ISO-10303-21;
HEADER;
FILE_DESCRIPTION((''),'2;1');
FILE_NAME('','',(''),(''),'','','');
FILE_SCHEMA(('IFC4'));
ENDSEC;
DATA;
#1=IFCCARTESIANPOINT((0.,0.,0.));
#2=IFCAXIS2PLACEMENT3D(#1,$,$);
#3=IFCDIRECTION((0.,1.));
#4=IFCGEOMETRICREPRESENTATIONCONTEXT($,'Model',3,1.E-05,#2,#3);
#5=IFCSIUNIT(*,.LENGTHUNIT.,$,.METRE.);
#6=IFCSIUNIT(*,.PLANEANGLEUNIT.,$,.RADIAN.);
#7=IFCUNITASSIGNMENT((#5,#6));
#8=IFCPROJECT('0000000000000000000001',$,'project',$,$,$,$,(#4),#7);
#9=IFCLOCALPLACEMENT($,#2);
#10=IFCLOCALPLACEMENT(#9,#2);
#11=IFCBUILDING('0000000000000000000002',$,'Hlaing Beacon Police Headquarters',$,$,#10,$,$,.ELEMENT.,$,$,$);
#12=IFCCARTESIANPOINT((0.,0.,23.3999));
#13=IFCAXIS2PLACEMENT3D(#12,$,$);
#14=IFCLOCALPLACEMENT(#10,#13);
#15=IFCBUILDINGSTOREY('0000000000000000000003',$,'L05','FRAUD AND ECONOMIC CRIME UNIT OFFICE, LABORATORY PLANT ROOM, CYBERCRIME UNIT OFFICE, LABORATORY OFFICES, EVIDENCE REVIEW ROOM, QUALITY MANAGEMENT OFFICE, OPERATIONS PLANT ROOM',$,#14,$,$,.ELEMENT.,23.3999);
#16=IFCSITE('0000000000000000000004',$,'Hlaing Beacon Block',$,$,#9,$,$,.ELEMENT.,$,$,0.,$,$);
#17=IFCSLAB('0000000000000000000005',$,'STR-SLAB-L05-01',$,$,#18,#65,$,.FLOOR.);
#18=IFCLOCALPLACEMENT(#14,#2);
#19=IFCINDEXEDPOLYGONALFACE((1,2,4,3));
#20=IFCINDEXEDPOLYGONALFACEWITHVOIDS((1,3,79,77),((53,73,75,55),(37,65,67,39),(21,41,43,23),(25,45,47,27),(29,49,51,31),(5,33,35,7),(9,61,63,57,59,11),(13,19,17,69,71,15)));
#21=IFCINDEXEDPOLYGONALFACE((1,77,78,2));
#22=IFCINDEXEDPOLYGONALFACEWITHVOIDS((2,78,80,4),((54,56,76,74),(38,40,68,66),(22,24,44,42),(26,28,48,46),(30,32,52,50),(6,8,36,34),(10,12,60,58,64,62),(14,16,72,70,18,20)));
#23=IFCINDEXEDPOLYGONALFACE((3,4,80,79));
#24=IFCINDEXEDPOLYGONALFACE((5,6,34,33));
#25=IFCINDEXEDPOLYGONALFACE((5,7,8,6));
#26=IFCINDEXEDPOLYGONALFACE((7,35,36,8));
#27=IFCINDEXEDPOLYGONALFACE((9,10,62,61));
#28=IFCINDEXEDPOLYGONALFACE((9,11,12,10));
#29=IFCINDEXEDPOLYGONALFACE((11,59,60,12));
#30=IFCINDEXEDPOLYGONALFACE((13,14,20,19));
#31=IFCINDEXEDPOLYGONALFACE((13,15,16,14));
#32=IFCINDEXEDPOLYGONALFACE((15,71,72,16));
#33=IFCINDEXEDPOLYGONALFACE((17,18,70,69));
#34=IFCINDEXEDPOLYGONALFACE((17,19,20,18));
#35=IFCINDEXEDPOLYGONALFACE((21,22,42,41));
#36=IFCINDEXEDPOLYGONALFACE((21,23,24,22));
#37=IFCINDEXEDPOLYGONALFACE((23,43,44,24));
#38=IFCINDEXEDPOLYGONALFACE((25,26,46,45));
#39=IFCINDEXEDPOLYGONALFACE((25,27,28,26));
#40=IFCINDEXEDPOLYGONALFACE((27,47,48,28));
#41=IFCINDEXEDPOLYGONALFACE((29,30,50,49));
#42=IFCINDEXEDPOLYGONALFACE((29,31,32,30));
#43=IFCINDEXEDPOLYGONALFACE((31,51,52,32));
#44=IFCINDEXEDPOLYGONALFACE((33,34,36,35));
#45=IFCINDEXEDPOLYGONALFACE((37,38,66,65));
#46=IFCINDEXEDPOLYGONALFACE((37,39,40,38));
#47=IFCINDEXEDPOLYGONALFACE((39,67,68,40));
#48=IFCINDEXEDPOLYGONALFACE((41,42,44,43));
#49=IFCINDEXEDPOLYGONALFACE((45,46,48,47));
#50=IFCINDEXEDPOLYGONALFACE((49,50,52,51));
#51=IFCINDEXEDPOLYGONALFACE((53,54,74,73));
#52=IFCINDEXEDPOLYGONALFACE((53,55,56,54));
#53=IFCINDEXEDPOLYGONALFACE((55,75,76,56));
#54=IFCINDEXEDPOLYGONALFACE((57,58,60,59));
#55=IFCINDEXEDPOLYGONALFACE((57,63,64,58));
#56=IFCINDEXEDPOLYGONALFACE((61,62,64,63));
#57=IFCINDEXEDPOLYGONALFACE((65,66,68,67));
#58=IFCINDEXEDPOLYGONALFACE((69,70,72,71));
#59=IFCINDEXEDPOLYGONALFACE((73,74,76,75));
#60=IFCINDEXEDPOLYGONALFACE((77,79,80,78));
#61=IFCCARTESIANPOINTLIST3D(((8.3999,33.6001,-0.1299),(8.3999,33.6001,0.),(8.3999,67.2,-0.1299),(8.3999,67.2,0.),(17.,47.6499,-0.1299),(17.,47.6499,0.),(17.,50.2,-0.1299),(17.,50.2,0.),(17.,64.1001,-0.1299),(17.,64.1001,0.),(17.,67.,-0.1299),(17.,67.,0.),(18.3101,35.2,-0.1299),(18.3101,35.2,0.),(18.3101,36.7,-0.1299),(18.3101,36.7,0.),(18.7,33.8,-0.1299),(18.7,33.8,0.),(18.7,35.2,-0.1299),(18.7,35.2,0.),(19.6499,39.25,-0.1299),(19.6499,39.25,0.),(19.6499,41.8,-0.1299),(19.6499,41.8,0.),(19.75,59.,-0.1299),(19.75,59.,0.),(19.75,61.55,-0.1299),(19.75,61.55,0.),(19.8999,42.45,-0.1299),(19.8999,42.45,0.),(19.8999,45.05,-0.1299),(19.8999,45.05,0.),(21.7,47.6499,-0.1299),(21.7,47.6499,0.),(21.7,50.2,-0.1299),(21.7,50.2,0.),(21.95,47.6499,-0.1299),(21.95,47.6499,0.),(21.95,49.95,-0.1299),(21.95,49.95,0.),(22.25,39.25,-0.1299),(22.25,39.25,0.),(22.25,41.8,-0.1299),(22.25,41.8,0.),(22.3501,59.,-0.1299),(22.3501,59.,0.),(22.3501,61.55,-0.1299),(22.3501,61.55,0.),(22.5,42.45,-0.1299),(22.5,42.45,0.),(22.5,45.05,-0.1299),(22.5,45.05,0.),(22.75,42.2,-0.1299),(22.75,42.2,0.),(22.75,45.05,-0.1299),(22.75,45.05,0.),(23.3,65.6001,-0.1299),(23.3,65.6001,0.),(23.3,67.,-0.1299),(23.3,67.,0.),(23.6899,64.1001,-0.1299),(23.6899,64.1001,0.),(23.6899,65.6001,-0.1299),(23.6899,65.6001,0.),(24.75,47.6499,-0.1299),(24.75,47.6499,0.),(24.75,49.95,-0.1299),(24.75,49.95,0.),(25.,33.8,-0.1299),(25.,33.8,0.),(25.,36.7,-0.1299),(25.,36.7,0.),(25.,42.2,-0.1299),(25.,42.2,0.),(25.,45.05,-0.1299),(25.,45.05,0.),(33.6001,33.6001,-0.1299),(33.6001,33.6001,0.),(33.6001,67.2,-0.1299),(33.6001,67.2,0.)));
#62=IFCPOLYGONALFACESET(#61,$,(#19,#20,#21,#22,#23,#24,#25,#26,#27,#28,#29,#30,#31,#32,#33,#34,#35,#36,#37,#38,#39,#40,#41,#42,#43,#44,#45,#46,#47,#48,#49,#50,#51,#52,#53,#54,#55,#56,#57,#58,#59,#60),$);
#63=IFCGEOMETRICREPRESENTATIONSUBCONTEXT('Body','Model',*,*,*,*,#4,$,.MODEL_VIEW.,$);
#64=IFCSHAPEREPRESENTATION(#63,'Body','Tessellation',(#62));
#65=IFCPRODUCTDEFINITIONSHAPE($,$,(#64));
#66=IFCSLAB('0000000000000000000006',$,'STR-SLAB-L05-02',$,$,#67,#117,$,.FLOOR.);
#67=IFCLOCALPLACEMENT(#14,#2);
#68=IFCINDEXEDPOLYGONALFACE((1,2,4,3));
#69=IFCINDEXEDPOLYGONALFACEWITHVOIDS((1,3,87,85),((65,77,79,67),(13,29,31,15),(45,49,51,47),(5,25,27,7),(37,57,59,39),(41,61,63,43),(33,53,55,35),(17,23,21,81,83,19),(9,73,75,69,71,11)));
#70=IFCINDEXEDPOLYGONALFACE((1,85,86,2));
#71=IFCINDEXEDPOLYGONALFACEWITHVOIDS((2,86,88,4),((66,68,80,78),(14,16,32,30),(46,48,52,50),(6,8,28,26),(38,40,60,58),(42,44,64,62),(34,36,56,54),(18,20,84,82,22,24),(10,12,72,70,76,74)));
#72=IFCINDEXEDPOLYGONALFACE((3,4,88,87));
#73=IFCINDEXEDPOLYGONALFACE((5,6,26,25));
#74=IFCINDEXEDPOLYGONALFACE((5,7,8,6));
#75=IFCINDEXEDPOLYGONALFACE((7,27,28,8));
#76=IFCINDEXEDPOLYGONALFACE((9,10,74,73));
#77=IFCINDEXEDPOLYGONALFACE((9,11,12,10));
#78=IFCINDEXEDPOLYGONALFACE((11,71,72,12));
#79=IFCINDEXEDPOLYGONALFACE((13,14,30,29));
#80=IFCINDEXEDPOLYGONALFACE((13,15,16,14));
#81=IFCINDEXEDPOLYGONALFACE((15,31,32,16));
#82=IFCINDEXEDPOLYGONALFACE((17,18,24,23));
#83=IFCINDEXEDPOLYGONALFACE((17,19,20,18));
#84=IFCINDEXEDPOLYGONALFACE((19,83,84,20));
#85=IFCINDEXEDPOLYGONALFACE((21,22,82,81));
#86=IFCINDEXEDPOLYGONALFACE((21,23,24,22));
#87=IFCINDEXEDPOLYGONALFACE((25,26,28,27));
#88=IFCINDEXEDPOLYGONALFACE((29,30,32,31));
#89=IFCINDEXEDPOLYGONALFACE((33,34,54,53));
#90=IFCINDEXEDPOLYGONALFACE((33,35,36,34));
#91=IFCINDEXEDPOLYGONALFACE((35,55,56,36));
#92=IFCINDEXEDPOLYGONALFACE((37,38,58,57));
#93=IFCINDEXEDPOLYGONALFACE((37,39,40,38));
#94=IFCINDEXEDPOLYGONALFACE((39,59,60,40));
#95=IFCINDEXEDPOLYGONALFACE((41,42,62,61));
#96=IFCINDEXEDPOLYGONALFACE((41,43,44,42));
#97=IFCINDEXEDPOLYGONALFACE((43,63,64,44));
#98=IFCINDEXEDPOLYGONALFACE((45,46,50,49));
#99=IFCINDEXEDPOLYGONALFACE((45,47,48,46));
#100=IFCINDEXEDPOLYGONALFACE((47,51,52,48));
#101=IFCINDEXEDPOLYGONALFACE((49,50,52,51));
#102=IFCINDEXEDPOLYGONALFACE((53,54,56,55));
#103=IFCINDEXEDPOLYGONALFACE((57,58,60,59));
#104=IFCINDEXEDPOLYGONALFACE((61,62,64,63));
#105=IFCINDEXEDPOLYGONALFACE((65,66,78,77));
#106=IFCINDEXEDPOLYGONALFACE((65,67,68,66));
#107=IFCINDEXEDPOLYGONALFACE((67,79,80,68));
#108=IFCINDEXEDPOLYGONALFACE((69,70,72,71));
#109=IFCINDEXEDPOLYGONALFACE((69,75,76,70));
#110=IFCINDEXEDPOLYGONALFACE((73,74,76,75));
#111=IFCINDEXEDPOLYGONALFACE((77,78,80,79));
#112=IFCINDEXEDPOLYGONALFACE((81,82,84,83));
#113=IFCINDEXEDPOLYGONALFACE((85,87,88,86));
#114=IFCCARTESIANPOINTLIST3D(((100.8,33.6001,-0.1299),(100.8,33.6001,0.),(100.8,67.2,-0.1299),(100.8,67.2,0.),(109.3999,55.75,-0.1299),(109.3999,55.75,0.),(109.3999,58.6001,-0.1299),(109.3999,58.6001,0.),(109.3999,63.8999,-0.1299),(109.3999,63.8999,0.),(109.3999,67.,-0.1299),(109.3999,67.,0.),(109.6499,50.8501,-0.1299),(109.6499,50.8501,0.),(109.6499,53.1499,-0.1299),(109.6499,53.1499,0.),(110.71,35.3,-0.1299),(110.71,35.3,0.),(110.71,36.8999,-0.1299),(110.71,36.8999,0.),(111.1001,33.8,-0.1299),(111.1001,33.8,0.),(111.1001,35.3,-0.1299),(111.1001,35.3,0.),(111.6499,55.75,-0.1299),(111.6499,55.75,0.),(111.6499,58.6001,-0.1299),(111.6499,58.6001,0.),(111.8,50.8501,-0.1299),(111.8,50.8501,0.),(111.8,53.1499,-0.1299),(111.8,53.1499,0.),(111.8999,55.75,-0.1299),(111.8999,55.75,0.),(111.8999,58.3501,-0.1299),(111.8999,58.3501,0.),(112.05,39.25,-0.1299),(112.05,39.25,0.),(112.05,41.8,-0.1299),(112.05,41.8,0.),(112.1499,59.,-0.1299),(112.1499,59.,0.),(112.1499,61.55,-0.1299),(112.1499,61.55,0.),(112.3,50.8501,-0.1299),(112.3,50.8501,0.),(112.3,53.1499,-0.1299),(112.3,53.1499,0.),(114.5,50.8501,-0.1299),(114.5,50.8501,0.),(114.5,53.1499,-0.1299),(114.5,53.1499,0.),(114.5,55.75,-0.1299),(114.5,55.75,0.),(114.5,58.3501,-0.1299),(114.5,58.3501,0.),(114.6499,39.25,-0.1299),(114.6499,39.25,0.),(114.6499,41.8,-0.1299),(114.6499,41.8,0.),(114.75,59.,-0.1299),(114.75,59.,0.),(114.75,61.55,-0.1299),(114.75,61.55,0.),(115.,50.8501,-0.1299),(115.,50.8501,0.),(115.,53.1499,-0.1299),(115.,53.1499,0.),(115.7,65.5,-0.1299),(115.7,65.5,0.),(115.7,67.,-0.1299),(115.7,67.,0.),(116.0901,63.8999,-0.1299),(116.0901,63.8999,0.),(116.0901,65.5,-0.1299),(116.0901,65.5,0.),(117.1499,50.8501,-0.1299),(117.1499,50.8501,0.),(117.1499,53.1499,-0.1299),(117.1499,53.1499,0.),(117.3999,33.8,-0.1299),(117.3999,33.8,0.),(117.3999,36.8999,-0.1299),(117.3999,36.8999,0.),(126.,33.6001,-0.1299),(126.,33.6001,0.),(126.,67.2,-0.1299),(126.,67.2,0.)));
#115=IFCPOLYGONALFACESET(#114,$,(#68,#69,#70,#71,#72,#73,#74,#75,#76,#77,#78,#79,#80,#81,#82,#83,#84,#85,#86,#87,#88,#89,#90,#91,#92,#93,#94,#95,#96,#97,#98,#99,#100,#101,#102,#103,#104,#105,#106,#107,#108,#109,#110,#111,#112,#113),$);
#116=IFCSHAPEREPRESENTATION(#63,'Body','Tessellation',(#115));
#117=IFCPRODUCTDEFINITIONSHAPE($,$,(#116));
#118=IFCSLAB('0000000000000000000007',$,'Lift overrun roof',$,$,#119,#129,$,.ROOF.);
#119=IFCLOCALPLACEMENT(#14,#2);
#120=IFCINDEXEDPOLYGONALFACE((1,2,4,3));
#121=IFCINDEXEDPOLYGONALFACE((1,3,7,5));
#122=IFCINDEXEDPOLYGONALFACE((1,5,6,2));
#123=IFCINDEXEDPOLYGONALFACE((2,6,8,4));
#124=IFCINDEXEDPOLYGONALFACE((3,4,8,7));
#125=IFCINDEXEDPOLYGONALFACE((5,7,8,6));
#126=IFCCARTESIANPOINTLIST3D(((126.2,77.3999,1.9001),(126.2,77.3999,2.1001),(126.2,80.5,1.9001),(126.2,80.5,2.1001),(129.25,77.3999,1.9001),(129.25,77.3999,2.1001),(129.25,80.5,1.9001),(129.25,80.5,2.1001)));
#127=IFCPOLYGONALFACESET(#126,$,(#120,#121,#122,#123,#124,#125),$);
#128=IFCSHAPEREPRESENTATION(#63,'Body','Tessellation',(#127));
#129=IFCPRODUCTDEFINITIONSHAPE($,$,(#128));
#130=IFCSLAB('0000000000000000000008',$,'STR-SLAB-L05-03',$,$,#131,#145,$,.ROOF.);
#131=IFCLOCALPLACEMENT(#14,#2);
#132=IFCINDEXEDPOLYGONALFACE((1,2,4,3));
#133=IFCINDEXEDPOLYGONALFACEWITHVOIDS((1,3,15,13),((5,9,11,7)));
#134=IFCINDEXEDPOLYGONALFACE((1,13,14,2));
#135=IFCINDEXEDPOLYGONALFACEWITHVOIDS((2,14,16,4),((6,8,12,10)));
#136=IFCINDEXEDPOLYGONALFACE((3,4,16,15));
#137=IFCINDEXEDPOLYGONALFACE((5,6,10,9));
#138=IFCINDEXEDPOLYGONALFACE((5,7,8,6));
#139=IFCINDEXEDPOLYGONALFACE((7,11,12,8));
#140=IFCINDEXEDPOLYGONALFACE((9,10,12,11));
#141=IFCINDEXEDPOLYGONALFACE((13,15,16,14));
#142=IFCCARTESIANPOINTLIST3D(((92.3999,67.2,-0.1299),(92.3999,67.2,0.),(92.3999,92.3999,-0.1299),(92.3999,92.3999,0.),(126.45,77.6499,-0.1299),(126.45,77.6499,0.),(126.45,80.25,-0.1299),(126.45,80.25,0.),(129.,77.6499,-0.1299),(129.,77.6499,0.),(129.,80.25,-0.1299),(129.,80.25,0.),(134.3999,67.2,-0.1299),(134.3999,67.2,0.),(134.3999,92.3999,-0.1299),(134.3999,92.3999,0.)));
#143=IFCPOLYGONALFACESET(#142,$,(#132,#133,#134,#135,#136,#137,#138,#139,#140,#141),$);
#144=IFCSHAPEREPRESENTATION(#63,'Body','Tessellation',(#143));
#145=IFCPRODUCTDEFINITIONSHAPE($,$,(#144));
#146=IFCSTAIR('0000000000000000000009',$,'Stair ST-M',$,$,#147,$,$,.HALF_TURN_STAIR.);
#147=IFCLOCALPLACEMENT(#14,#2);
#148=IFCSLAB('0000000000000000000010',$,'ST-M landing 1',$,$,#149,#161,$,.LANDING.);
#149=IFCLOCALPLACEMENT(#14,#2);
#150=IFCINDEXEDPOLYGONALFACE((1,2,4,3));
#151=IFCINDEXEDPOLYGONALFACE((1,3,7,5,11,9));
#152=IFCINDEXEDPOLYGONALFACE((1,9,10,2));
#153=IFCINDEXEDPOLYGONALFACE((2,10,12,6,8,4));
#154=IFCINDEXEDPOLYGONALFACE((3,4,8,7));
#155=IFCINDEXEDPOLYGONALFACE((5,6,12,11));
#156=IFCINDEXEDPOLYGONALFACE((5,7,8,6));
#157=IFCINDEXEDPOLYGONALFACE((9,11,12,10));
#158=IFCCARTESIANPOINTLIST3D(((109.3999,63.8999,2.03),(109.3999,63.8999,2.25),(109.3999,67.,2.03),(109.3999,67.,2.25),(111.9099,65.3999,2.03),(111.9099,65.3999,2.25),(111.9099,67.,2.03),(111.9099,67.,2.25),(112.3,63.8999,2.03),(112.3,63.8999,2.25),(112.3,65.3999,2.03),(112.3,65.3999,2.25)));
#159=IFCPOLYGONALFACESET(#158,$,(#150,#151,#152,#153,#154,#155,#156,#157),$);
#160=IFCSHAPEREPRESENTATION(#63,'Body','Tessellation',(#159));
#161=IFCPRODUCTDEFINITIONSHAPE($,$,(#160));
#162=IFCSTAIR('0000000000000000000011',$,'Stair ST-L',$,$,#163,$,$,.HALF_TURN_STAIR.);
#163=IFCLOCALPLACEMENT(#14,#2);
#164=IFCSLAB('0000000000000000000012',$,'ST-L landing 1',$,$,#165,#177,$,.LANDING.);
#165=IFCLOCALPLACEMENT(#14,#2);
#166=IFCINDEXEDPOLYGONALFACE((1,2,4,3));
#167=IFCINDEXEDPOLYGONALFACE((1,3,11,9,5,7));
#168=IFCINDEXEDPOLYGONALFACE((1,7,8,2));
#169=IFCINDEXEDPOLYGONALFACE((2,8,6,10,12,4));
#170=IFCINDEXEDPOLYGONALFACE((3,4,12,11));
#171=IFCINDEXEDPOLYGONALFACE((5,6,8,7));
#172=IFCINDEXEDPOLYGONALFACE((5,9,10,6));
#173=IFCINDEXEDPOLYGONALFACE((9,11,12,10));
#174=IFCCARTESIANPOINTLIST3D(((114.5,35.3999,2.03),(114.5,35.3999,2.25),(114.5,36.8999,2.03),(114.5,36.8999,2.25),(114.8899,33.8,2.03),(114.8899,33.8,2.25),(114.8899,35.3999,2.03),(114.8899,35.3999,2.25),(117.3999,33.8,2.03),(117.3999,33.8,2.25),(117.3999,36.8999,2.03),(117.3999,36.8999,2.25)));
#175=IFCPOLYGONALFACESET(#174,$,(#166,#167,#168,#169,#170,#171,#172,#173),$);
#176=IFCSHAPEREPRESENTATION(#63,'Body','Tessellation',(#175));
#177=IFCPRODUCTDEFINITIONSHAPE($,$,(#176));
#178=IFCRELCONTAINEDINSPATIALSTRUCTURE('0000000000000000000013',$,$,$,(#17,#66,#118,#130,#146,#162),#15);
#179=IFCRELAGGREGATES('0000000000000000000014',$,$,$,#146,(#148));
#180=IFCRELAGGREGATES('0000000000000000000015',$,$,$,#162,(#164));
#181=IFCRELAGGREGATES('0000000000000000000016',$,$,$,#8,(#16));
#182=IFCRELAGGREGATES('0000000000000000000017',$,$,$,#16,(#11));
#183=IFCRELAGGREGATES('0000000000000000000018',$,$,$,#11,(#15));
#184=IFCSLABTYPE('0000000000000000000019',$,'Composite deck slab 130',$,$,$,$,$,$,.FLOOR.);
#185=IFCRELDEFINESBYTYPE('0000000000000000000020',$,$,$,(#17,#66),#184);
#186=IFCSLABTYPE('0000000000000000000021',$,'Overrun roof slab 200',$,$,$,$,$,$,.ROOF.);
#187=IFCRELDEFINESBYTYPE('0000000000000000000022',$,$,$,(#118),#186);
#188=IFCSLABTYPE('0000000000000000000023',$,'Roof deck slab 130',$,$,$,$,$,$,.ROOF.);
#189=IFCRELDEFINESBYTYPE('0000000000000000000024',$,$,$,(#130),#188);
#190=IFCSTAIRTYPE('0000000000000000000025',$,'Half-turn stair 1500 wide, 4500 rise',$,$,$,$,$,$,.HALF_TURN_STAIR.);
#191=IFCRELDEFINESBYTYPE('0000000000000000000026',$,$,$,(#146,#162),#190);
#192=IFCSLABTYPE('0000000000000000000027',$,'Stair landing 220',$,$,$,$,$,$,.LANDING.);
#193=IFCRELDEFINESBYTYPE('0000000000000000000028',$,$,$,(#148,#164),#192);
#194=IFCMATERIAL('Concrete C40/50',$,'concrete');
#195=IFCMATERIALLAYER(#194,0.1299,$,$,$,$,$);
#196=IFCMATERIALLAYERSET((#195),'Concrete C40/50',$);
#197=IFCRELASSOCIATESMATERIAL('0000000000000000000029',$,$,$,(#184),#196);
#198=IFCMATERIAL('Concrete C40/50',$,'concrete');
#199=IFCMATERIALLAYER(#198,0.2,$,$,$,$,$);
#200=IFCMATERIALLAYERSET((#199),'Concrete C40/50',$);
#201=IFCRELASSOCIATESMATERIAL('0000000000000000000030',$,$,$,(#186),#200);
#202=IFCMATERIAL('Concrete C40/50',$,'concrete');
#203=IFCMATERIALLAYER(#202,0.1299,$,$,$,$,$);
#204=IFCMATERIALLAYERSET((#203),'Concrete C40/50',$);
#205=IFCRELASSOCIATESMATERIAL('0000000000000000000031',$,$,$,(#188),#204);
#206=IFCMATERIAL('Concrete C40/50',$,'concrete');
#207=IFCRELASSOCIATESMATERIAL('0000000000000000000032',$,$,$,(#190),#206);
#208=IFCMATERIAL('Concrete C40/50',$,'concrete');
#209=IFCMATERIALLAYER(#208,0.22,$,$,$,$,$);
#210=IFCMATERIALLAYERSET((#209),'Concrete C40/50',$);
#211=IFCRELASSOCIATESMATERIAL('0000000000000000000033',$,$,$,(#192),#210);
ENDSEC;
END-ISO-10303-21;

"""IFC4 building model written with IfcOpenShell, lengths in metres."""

from ifc_helpers import new_model, si_unit, direction, frame, origin, place, context, subcontext, project, spatial, polyline, outline, extrude, material, layer, layer_set, type_object, element, aggregate, save


model = new_model("IFC4")

# Units and contexts
model_context = context("Model", 3, precision=1e-05, world=origin(), true_north=direction((0.0, 1.0)))
body_context = subcontext(model_context, "Body", "Model", "MODEL_VIEW")
ifc_project = project(units=[si_unit("LENGTHUNIT", "METRE"), si_unit("PLANEANGLEUNIT", "RADIAN")], contexts=[model_context])

# Site, building, storey
site_placement = place(None, origin())
site = spatial("IfcSite", under=ifc_project, at=site_placement, Name="Hlaing Beacon Block", CompositionType="ELEMENT", RefElevation=0.0)
building_placement = place(site_placement, origin())
building = spatial("IfcBuilding", under=site, at=building_placement, Name="Hlaing Beacon Police Headquarters", CompositionType="ELEMENT")
storey_placement = place(building_placement, frame((0.0, 0.0, 23.3999)))
storey = spatial("IfcBuildingStorey", under=building, at=storey_placement, Name="L05", Description="FRAUD AND ECONOMIC CRIME UNIT OFFICE, LABORATORY PLANT ROOM, CYBERCRIME UNIT OFFICE, LABORATORY OFFICES, EVIDENCE REVIEW ROOM, QUALITY MANAGEMENT OFFICE, OPERATIONS PLANT ROOM", CompositionType="ELEMENT", Elevation=23.3999)

# Slabs
ifc_material_1 = material(Name="Concrete C40/50", Category="concrete")
ifc_layer_1 = layer(ifc_material_1, 0.1299)
ifc_layer_set_1 = layer_set([ifc_layer_1], Name="Concrete C40/50")
slab_type_1 = type_object("IfcSlabType", Name="Composite deck slab 130", PredefinedType="FLOOR", material=ifc_layer_set_1)
slab_1_placement = place(storey_placement, frame((0.0, 0.0, -0.1299)))
element("IfcSlab", 1, at=slab_1_placement, inside=storey, type_object=slab_type_1, Name="STR-SLAB-L05-01", PredefinedType="FLOOR", context=body_context, shape_type="SweptSolid", body=[
    extrude(outline(polyline([(8.3999, 33.6001), (33.6001, 33.6001), (33.6001, 67.2), (8.3999, 67.2), (8.3999, 33.6001)]), holes=[polyline([(17.0, 47.6499), (21.7, 47.6499), (21.7, 50.2), (17.0, 50.2), (17.0, 47.6499)]), polyline([(17.0, 64.1001), (23.6899, 64.1001), (23.6899, 65.6001), (23.3, 65.6001), (23.3, 67.0), (17.0, 67.0), (17.0, 64.1001)]), polyline([(18.7, 33.8), (25.0, 33.8), (25.0, 36.7), (18.3101, 36.7), (18.3101, 35.2), (18.7, 35.2), (18.7, 33.8)]), polyline([(19.6499, 39.25), (22.25, 39.25), (22.25, 41.8), (19.6499, 41.8), (19.6499, 39.25)]), polyline([(19.75, 59.0), (22.3501, 59.0), (22.3501, 61.55), (19.75, 61.55), (19.75, 59.0)]), polyline([(19.8999, 42.45), (22.5, 42.45), (22.5, 45.05), (19.8999, 45.05), (19.8999, 42.45)]), polyline([(21.95, 47.6499), (24.75, 47.6499), (24.75, 49.95), (21.95, 49.95), (21.95, 47.6499)]), polyline([(22.75, 42.2), (25.0, 42.2), (25.0, 45.05), (22.75, 45.05), (22.75, 42.2)])]), origin(), (0.0, 0.0, 1.0), 0.1299),
])
slab_2_placement = place(storey_placement, frame((0.0, 0.0, -0.1299)))
element("IfcSlab", 2, at=slab_2_placement, inside=storey, type_object=slab_type_1, Name="STR-SLAB-L05-02", PredefinedType="FLOOR", context=body_context, shape_type="SweptSolid", body=[
    extrude(outline(polyline([(100.8, 33.6001), (126.0, 33.6001), (126.0, 67.2), (100.8, 67.2), (100.8, 33.6001)]), holes=[polyline([(109.3999, 55.75), (111.6499, 55.75), (111.6499, 58.6001), (109.3999, 58.6001), (109.3999, 55.75)]), polyline([(109.3999, 63.8999), (116.0901, 63.8999), (116.0901, 65.5), (115.7, 65.5), (115.7, 67.0), (109.3999, 67.0), (109.3999, 63.8999)]), polyline([(109.6499, 50.8501), (111.8, 50.8501), (111.8, 53.1499), (109.6499, 53.1499), (109.6499, 50.8501)]), polyline([(111.1001, 33.8), (117.3999, 33.8), (117.3999, 36.8999), (110.71, 36.8999), (110.71, 35.3), (111.1001, 35.3), (111.1001, 33.8)]), polyline([(111.8999, 55.75), (114.5, 55.75), (114.5, 58.3501), (111.8999, 58.3501), (111.8999, 55.75)]), polyline([(112.05, 39.25), (114.6499, 39.25), (114.6499, 41.8), (112.05, 41.8), (112.05, 39.25)]), polyline([(112.1499, 59.0), (114.75, 59.0), (114.75, 61.55), (112.1499, 61.55), (112.1499, 59.0)]), polyline([(112.3, 50.8501), (114.5, 50.8501), (114.5, 53.1499), (112.3, 53.1499), (112.3, 50.8501)]), polyline([(115.0, 50.8501), (117.1499, 50.8501), (117.1499, 53.1499), (115.0, 53.1499), (115.0, 50.8501)])]), origin(), (0.0, 0.0, 1.0), 0.1299),
])
ifc_material_2 = material(Name="Concrete C40/50", Category="concrete")
ifc_layer_2 = layer(ifc_material_2, 0.2)
ifc_layer_set_2 = layer_set([ifc_layer_2], Name="Concrete C40/50")
slab_type_2 = type_object("IfcSlabType", Name="Overrun roof slab 200", PredefinedType="ROOF", material=ifc_layer_set_2)
slab_3_placement = place(storey_placement, frame((0.0, 0.0, 1.9001)))
element("IfcSlab", 3, at=slab_3_placement, inside=storey, type_object=slab_type_2, Name="Lift overrun roof", PredefinedType="ROOF", context=body_context, shape_type="SweptSolid", body=[
    extrude(outline(polyline([(126.2, 77.3999), (129.25, 77.3999), (129.25, 80.5), (126.2, 80.5), (126.2, 77.3999)])), origin(), (0.0, 0.0, 1.0), 0.2),
])
ifc_material_3 = material(Name="Concrete C40/50", Category="concrete")
ifc_layer_3 = layer(ifc_material_3, 0.1299)
ifc_layer_set_3 = layer_set([ifc_layer_3], Name="Concrete C40/50")
slab_type_3 = type_object("IfcSlabType", Name="Roof deck slab 130", PredefinedType="ROOF", material=ifc_layer_set_3)
slab_4_placement = place(storey_placement, frame((0.0, 0.0, -0.1299)))
element("IfcSlab", 4, at=slab_4_placement, inside=storey, type_object=slab_type_3, Name="STR-SLAB-L05-03", PredefinedType="ROOF", context=body_context, shape_type="SweptSolid", body=[
    extrude(outline(polyline([(92.3999, 67.2), (134.3999, 67.2), (134.3999, 92.3999), (92.3999, 92.3999), (92.3999, 67.2)]), holes=[polyline([(126.45, 77.6499), (129.0, 77.6499), (129.0, 80.25), (126.45, 80.25), (126.45, 77.6499)])]), origin(), (0.0, 0.0, 1.0), 0.1299),
])

# Stairs, slabs
ifc_material_4 = material(Name="Concrete C40/50", Category="concrete")
stair_type = type_object("IfcStairType", Name="Half-turn stair 1500 wide, 4500 rise", PredefinedType="HALF_TURN_STAIR", material=ifc_material_4)
stair_1_placement = place(storey_placement, origin())
stair_1 = element("IfcStair", 5, at=stair_1_placement, inside=storey, type_object=stair_type, Name="Stair ST-M", PredefinedType="HALF_TURN_STAIR")
ifc_material_5 = material(Name="Concrete C40/50", Category="concrete")
ifc_layer_4 = layer(ifc_material_5, 0.22)
ifc_layer_set_4 = layer_set([ifc_layer_4], Name="Concrete C40/50")
slab_type_4 = type_object("IfcSlabType", Name="Stair landing 220", PredefinedType="LANDING", material=ifc_layer_set_4)
slab_5_placement = place(storey_placement, frame((0.0, 0.0, 2.03)))
slab_5 = element("IfcSlab", 6, at=slab_5_placement, type_object=slab_type_4, Name="ST-M landing 1", PredefinedType="LANDING", context=body_context, shape_type="SweptSolid", body=[
    extrude(outline(polyline([(111.9099, 67.0), (109.3999, 67.0), (109.3999, 63.8999), (112.3, 63.8999), (112.3, 65.3999), (111.9099, 65.3999), (111.9099, 67.0)])), origin(), (0.0, 0.0, 1.0), 0.22),
])
aggregate(stair_1, [slab_5])
stair_2_placement = place(storey_placement, origin())
stair_2 = element("IfcStair", 7, at=stair_2_placement, inside=storey, type_object=stair_type, Name="Stair ST-L", PredefinedType="HALF_TURN_STAIR")
slab_6_placement = place(storey_placement, frame((0.0, 0.0, 2.03)))
slab_6 = element("IfcSlab", 8, at=slab_6_placement, type_object=slab_type_4, Name="ST-L landing 1", PredefinedType="LANDING", context=body_context, shape_type="SweptSolid", body=[
    extrude(outline(polyline([(114.8899, 33.8), (117.3999, 33.8), (117.3999, 36.8999), (114.5, 36.8999), (114.5, 35.3999), (114.8899, 35.3999), (114.8899, 33.8)])), origin(), (0.0, 0.0, 1.0), 0.22),
])
aggregate(stair_2, [slab_6])

save(model, "model.ifc")
